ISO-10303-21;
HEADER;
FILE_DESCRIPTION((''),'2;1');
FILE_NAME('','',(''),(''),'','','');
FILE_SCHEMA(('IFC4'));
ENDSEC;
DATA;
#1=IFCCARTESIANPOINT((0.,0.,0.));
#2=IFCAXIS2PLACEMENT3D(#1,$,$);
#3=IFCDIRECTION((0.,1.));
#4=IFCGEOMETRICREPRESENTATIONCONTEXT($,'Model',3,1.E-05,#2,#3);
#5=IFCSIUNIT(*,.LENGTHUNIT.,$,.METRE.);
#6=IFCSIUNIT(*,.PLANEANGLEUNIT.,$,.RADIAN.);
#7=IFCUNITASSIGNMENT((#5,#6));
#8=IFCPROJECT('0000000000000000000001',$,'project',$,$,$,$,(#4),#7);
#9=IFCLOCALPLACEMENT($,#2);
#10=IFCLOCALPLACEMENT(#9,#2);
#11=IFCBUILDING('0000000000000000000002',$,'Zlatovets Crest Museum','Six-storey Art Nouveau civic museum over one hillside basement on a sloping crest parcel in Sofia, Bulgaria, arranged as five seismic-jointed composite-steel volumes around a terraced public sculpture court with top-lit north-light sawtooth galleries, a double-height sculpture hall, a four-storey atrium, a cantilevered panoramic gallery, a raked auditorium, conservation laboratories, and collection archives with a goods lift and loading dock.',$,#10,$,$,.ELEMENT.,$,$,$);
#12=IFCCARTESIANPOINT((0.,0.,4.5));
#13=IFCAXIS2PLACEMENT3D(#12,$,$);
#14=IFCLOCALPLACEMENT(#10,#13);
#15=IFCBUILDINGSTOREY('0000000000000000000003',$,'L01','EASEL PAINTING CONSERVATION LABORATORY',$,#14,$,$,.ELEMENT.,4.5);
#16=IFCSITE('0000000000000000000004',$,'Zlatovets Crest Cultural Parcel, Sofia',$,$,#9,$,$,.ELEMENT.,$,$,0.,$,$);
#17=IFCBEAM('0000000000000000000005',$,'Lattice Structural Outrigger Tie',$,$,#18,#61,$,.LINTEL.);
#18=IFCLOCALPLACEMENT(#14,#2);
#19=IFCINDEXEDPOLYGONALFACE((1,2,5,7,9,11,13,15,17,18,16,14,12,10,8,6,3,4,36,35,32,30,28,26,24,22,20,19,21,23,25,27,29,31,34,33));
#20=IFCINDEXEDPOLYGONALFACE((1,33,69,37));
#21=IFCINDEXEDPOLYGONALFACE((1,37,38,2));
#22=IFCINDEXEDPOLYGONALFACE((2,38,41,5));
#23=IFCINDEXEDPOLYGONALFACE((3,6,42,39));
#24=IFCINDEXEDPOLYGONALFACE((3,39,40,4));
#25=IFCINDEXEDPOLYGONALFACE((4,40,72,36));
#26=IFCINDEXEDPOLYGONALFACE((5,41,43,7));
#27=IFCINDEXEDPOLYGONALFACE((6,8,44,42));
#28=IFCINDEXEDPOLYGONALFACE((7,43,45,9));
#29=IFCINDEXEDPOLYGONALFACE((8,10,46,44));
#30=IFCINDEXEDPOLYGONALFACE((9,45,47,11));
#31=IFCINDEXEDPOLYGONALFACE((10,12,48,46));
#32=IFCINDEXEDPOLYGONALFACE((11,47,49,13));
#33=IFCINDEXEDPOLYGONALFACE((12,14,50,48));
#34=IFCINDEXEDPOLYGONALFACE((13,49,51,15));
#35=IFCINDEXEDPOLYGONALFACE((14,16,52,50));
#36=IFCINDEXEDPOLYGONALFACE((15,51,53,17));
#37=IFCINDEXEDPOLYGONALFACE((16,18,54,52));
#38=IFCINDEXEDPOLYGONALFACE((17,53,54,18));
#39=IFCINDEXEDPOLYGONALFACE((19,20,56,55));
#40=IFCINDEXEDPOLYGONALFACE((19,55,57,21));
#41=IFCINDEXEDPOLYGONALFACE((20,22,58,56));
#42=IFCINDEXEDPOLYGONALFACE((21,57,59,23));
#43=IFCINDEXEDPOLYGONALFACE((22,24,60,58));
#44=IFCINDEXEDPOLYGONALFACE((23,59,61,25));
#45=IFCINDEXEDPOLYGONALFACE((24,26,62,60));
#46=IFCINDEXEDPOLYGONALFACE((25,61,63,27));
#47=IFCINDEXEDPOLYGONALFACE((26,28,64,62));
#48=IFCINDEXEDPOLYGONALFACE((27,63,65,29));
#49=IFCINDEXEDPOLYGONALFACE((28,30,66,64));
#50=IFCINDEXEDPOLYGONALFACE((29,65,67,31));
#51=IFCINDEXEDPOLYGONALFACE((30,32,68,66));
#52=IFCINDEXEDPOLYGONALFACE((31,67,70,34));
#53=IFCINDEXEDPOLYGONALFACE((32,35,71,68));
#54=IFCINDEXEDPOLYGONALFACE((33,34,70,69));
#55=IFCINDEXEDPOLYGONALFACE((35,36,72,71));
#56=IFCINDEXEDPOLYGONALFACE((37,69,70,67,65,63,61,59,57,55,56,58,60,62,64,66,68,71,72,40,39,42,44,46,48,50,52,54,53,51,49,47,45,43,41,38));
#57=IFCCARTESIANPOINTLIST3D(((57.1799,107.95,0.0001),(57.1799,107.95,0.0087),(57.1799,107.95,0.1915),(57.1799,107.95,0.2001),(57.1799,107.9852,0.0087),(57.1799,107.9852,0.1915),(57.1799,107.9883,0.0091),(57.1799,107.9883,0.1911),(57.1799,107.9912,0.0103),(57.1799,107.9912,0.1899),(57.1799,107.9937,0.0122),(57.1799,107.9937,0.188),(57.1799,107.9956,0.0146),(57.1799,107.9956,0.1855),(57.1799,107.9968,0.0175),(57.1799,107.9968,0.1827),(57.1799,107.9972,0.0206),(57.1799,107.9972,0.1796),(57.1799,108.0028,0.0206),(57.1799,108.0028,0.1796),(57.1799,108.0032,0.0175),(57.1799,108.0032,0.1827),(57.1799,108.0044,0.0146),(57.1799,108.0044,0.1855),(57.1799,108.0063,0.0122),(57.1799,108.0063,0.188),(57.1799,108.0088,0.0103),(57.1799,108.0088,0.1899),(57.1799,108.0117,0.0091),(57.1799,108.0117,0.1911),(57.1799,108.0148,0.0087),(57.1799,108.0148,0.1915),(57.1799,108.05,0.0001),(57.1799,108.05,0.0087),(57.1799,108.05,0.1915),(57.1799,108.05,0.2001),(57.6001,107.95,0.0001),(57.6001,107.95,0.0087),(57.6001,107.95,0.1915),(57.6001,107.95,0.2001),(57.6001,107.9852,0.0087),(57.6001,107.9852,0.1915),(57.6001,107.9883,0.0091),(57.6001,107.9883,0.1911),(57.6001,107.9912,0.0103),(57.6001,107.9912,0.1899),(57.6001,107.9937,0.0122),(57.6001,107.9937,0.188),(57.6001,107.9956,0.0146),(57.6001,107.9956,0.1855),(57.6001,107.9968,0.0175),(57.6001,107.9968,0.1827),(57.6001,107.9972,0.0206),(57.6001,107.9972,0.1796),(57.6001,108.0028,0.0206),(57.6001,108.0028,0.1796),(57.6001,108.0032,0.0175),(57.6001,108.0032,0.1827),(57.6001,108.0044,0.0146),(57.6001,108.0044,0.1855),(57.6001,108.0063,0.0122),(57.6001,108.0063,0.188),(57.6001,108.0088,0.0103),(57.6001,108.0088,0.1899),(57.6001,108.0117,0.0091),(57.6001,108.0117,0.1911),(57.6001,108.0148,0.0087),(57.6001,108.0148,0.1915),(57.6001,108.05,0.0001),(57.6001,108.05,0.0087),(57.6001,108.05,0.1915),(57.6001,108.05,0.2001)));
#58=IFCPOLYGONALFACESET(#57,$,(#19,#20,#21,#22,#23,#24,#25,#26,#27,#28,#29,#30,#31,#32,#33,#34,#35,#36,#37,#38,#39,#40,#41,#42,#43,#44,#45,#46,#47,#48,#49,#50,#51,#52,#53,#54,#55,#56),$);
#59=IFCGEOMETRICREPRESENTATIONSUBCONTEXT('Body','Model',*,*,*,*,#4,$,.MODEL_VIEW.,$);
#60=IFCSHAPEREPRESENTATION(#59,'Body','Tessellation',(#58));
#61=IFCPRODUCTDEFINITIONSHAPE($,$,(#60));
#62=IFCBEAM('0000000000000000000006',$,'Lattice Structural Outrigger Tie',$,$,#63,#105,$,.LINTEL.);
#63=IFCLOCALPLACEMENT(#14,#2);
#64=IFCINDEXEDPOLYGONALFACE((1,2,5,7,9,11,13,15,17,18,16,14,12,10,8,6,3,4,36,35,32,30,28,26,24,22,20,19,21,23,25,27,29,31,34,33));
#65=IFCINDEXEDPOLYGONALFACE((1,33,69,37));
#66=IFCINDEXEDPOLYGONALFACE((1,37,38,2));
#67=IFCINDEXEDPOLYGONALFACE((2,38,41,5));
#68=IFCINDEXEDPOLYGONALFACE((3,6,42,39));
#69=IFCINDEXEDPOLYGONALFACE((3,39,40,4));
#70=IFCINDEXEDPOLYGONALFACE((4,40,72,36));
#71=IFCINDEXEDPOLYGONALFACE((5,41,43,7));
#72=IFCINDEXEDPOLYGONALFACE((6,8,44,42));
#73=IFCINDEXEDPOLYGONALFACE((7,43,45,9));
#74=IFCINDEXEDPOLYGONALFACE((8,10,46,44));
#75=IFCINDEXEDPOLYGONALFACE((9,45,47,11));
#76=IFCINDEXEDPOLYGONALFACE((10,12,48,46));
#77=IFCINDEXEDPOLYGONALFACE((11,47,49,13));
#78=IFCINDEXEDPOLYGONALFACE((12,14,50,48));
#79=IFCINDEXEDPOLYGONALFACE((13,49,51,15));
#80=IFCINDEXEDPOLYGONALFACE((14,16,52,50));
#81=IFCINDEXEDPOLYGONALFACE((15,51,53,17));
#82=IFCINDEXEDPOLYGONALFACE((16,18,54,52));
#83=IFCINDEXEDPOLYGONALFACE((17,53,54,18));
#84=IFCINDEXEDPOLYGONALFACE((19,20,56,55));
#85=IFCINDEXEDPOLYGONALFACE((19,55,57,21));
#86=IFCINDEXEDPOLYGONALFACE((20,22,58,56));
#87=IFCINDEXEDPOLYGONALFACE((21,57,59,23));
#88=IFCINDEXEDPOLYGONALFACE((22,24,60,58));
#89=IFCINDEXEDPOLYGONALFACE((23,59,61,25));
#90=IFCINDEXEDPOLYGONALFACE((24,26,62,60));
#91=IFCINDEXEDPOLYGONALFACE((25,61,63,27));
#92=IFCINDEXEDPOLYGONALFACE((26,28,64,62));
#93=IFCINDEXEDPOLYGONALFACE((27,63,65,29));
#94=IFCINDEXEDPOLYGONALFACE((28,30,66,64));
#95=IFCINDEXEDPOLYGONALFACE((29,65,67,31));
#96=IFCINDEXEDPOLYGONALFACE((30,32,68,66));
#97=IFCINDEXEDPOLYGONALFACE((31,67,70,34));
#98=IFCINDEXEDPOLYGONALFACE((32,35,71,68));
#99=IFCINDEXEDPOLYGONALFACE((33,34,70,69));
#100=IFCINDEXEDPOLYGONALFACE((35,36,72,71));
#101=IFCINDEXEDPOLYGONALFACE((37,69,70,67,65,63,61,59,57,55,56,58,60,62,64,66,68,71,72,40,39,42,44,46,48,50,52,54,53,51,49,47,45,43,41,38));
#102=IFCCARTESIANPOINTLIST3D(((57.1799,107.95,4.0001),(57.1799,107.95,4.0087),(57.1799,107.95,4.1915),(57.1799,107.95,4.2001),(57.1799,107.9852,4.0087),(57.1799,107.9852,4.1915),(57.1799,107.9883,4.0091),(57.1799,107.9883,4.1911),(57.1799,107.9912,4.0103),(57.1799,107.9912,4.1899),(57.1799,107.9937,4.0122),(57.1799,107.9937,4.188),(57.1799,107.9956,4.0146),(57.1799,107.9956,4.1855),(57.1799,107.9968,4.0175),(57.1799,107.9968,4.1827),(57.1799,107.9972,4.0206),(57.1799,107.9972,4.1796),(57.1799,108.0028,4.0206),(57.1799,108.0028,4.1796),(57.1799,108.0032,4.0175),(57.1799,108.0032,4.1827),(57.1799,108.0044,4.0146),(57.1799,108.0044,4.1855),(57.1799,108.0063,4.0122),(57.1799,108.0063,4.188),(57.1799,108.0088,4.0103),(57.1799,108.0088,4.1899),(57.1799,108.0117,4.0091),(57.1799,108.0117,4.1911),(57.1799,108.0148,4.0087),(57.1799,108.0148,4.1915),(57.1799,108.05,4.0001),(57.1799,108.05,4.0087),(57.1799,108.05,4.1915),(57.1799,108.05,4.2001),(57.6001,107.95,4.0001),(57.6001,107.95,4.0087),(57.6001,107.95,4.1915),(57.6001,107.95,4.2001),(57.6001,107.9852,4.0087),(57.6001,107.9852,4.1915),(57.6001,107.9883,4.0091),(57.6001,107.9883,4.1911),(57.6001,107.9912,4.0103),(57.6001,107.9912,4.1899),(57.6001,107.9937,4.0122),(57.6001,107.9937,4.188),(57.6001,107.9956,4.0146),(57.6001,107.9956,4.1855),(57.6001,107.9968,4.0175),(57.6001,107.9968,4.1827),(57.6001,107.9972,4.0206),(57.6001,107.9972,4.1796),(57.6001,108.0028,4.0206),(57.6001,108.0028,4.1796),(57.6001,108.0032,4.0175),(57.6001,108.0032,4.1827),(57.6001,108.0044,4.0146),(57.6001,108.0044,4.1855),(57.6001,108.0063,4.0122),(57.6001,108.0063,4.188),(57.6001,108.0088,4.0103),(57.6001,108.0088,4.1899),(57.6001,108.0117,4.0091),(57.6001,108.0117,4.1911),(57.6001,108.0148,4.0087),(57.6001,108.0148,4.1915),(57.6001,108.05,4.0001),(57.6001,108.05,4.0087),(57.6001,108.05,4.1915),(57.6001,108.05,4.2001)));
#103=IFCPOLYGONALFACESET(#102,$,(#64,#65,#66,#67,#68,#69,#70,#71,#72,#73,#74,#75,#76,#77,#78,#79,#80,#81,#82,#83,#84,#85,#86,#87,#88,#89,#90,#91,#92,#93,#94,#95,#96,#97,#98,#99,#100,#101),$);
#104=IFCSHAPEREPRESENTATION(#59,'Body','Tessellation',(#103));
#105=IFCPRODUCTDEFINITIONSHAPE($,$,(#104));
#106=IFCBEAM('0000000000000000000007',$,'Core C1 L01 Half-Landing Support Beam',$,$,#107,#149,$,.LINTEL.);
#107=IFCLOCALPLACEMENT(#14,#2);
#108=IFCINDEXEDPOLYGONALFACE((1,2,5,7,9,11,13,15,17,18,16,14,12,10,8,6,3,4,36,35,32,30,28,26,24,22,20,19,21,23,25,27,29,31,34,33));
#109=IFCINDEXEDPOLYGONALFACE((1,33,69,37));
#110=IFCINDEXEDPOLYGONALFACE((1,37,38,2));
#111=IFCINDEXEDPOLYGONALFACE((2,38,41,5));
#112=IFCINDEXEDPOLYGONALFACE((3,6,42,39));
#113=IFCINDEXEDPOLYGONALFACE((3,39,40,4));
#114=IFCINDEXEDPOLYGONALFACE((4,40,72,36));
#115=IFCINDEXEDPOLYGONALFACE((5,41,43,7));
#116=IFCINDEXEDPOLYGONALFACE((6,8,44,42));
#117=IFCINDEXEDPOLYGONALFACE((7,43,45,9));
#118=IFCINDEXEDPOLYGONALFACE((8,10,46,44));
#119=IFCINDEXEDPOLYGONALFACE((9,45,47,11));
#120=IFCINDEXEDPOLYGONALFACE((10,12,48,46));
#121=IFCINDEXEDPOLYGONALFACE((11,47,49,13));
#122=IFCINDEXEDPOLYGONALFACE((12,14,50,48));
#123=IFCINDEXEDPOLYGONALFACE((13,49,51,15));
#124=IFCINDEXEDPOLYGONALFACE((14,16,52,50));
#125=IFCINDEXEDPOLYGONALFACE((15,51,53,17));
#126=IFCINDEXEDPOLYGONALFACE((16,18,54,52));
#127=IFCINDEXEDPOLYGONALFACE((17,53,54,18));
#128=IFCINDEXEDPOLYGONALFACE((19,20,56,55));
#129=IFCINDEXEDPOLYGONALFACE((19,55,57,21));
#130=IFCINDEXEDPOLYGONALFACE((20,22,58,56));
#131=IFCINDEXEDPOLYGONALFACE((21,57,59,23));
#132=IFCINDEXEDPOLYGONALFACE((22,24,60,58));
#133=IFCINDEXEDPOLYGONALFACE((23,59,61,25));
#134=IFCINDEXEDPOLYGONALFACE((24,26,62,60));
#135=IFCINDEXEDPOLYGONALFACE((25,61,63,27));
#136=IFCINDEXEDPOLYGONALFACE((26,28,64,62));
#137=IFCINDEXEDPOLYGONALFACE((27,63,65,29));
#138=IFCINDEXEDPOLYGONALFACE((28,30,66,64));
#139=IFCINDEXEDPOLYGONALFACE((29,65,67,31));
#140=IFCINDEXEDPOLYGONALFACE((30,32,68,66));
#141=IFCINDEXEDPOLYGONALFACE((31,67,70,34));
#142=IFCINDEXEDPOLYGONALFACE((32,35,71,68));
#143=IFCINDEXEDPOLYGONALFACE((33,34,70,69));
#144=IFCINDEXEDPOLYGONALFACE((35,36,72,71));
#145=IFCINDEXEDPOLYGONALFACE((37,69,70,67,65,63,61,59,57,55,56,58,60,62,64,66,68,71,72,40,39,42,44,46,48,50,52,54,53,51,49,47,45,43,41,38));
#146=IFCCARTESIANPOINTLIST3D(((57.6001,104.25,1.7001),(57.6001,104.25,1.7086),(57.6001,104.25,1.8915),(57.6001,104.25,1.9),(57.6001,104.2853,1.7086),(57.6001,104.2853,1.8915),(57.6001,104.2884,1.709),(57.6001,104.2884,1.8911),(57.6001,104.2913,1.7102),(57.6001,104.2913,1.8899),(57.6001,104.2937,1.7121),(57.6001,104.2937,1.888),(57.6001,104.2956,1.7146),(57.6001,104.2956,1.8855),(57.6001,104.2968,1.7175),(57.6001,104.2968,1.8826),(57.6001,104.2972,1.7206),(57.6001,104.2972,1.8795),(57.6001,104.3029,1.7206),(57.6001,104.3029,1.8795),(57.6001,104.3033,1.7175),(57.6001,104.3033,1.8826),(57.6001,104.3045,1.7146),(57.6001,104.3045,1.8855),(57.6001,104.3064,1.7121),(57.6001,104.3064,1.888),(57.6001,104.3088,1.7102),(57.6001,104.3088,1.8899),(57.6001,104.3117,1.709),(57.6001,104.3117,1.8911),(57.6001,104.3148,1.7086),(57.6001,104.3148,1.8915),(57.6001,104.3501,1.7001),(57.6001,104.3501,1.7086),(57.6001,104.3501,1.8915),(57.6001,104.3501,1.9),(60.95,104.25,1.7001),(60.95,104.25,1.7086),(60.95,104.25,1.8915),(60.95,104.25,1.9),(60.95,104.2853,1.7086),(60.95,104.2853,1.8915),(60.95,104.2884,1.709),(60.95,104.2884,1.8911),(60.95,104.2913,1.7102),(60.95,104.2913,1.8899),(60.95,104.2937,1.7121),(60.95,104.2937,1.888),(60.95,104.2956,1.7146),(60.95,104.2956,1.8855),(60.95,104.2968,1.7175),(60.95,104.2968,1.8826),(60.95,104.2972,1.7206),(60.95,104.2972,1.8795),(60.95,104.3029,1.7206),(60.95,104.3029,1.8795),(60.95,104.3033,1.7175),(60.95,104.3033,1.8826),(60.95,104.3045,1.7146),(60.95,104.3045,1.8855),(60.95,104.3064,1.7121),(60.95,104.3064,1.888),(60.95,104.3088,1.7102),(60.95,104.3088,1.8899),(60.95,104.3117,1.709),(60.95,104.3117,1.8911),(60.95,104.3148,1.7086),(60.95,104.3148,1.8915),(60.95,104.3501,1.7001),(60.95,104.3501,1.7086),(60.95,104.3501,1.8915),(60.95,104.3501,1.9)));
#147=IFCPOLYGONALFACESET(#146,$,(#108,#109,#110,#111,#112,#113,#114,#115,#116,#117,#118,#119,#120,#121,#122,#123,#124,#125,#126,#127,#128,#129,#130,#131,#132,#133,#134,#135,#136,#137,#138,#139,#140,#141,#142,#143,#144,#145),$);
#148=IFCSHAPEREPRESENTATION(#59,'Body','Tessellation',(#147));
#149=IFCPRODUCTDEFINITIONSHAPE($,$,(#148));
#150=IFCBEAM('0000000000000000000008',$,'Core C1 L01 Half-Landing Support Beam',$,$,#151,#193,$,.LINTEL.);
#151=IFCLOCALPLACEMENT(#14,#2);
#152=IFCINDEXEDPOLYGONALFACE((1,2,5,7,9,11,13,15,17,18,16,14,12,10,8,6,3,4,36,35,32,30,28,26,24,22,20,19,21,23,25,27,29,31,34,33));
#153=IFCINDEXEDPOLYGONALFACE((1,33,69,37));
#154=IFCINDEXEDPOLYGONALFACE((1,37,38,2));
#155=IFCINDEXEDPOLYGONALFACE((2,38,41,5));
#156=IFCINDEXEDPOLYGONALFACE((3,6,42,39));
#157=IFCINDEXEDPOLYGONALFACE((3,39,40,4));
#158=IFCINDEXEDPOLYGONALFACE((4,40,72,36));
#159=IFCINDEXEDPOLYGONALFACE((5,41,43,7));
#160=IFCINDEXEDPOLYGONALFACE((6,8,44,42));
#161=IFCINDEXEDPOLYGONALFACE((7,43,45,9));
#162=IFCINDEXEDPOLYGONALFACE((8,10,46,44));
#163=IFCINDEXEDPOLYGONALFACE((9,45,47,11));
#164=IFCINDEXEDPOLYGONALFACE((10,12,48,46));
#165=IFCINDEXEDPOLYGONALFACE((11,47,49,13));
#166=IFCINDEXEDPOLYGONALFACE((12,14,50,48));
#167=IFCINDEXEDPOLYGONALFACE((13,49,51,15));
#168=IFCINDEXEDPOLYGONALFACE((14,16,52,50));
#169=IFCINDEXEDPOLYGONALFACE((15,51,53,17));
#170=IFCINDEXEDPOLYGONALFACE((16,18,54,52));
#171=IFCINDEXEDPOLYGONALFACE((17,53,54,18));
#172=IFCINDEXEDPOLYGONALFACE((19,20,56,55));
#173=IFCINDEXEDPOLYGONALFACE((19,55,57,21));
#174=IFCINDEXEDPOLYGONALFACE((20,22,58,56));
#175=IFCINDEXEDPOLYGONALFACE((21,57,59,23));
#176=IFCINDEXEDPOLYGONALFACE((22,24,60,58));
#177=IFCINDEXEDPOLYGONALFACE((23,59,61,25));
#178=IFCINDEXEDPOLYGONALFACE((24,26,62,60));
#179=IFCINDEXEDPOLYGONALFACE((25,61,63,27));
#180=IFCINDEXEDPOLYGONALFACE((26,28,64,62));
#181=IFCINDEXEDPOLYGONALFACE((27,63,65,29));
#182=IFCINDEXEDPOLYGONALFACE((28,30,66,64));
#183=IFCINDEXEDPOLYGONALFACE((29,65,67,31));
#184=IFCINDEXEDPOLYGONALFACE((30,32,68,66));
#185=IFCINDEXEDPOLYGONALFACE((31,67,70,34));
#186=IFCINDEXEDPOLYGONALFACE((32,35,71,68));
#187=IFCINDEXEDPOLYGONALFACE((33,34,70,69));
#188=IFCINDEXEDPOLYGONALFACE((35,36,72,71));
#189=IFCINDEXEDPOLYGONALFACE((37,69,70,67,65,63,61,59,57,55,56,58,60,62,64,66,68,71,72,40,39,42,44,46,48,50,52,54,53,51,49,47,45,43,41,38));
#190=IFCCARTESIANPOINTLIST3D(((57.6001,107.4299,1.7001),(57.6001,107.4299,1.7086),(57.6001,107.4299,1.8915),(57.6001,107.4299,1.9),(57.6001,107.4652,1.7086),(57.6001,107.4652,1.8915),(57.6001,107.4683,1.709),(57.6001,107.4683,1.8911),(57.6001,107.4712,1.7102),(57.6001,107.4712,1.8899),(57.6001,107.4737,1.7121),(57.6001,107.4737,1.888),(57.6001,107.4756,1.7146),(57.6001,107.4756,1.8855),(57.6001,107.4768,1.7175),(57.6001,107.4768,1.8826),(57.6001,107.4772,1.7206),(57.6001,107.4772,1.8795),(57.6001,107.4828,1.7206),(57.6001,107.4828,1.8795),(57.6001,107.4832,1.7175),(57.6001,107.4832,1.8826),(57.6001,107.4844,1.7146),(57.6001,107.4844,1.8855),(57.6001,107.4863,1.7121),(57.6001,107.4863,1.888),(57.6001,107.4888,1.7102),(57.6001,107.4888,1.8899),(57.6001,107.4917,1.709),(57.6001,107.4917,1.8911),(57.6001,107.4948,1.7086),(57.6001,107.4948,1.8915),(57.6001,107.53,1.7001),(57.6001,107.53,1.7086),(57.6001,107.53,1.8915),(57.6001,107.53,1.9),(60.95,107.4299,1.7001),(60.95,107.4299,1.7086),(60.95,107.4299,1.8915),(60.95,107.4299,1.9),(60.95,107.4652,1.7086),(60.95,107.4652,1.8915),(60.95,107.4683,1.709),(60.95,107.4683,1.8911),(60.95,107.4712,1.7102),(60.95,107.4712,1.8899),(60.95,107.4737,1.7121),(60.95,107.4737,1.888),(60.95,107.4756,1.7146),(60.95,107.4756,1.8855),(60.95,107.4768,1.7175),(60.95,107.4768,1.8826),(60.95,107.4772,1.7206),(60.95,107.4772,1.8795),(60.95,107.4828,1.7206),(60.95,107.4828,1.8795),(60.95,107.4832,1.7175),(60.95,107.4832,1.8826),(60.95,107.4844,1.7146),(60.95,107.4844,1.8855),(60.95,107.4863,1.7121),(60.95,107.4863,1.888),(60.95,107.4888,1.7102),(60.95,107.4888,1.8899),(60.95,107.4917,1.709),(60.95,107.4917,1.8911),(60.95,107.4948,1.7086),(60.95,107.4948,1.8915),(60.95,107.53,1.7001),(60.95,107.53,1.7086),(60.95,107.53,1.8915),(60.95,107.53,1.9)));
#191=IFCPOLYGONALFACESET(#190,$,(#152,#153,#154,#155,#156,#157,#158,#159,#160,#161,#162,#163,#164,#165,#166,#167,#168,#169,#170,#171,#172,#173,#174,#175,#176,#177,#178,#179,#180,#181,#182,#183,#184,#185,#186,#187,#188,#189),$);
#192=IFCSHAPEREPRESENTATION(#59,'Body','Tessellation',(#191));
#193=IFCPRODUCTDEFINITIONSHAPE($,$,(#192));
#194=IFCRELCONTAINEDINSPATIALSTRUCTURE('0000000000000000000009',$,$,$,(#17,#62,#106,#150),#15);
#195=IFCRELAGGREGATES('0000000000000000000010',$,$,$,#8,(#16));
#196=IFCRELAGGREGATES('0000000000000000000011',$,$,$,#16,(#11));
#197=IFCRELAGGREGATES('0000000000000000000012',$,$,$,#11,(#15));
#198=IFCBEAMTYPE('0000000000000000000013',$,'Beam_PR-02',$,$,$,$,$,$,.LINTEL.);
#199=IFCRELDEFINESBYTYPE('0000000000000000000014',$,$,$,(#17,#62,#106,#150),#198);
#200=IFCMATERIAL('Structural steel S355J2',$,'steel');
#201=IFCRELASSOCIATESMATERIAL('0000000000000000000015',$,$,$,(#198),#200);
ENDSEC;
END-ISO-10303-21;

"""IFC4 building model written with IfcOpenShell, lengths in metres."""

from ifc_helpers import new_model, si_unit, direction, frame, origin, origin_2d, place, context, subcontext, project, spatial, i_section, extrude, material, material_profile, profile_set, type_object, element, save


model = new_model("IFC4")

# Units and contexts
model_context = context("Model", 3, precision=1e-05, world=origin(), true_north=direction((0.0, 1.0)))
body_context = subcontext(model_context, "Body", "Model", "MODEL_VIEW")
ifc_project = project(units=[si_unit("LENGTHUNIT", "METRE"), si_unit("PLANEANGLEUNIT", "RADIAN")], contexts=[model_context])

# Site, building, storey
site_placement = place(None, origin())
site = spatial("IfcSite", under=ifc_project, at=site_placement, Name="Zlatovets Crest Cultural Parcel, Sofia", CompositionType="ELEMENT", RefElevation=0.0)
building_placement = place(site_placement, origin())
building = spatial("IfcBuilding", under=site, at=building_placement, Name="Zlatovets Crest Museum", Description="Six-storey Art Nouveau civic museum over one hillside basement on a sloping crest parcel in Sofia, Bulgaria, arranged as five seismic-jointed composite-steel volumes around a terraced public sculpture court with top-lit north-light sawtooth galleries, a double-height sculpture hall, a four-storey atrium, a cantilevered panoramic gallery, a raked auditorium, conservation laboratories, and collection archives with a goods lift and loading dock.", CompositionType="ELEMENT")
storey_placement = place(building_placement, frame((0.0, 0.0, 4.5)))
storey = spatial("IfcBuildingStorey", under=building, at=storey_placement, Name="L01", Description="EASEL PAINTING CONSERVATION LABORATORY", CompositionType="ELEMENT", Elevation=4.5)

# Shared definitions
ifc_material_1 = material(Name="Structural steel S355J2", Category="steel")

# Beams
ifc_material_profile_1 = material_profile(ifc_material_1, i_section(OverallWidth=0.1001, OverallDepth=0.2, WebThickness=0.0056, FlangeThickness=0.0085, FilletRadius=0.012, at=origin_2d()), Name="IPE 200")
ifc_profile_set_1 = profile_set([ifc_material_profile_1], Name="Structural steel S355J2")
beam_type_1 = type_object("IfcBeamType", Name="Beam_PR-02", PredefinedType="LINTEL", material=ifc_profile_set_1)
for number, where, z_axis, x_axis, name in (
    (1, (57.6001, 108.0, 0.1001), (-1.0, 0.0, 0.0), (0.0, -1.0, 0.0), "Lattice Structural Outrigger Tie"),
    (2, (57.6001, 108.0, 4.1001), (-1.0, 0.0, 0.0), (0.0, -1.0, 0.0), "Lattice Structural Outrigger Tie"),
):
    element("IfcBeam", number, at=place(storey_placement, frame(where, z_axis=z_axis, x_axis=x_axis)), inside=storey, type_object=beam_type_1, Name=name, PredefinedType="LINTEL", context=body_context, shape_type="SweptSolid", body=[
        extrude(i_section(OverallWidth=0.1001, OverallDepth=0.2, WebThickness=0.0056, FlangeThickness=0.0085, FilletRadius=0.012, at=origin_2d()), origin(), (0.0, 0.0, 1.0), 0.4202),
    ])
for number, where, z_axis, x_axis, name in (
    (3, (57.6001, 104.3, 1.8), (1.0, 0.0, 0.0), (0.0, 1.0, 0.0), "Core C1 L01 Half-Landing Support Beam"),
    (4, (57.6001, 107.48, 1.8), (1.0, 0.0, 0.0), (0.0, 1.0, 0.0), "Core C1 L01 Half-Landing Support Beam"),
):
    element("IfcBeam", number, at=place(storey_placement, frame(where, z_axis=z_axis, x_axis=x_axis)), inside=storey, type_object=beam_type_1, Name=name, PredefinedType="LINTEL", context=body_context, shape_type="SweptSolid", body=[
        extrude(i_section(OverallWidth=0.1001, OverallDepth=0.2, WebThickness=0.0056, FlangeThickness=0.0085, FilletRadius=0.012, at=origin_2d()), origin(), (0.0, 0.0, 1.0), 3.3499),
    ])

save(model, "model.ifc")
